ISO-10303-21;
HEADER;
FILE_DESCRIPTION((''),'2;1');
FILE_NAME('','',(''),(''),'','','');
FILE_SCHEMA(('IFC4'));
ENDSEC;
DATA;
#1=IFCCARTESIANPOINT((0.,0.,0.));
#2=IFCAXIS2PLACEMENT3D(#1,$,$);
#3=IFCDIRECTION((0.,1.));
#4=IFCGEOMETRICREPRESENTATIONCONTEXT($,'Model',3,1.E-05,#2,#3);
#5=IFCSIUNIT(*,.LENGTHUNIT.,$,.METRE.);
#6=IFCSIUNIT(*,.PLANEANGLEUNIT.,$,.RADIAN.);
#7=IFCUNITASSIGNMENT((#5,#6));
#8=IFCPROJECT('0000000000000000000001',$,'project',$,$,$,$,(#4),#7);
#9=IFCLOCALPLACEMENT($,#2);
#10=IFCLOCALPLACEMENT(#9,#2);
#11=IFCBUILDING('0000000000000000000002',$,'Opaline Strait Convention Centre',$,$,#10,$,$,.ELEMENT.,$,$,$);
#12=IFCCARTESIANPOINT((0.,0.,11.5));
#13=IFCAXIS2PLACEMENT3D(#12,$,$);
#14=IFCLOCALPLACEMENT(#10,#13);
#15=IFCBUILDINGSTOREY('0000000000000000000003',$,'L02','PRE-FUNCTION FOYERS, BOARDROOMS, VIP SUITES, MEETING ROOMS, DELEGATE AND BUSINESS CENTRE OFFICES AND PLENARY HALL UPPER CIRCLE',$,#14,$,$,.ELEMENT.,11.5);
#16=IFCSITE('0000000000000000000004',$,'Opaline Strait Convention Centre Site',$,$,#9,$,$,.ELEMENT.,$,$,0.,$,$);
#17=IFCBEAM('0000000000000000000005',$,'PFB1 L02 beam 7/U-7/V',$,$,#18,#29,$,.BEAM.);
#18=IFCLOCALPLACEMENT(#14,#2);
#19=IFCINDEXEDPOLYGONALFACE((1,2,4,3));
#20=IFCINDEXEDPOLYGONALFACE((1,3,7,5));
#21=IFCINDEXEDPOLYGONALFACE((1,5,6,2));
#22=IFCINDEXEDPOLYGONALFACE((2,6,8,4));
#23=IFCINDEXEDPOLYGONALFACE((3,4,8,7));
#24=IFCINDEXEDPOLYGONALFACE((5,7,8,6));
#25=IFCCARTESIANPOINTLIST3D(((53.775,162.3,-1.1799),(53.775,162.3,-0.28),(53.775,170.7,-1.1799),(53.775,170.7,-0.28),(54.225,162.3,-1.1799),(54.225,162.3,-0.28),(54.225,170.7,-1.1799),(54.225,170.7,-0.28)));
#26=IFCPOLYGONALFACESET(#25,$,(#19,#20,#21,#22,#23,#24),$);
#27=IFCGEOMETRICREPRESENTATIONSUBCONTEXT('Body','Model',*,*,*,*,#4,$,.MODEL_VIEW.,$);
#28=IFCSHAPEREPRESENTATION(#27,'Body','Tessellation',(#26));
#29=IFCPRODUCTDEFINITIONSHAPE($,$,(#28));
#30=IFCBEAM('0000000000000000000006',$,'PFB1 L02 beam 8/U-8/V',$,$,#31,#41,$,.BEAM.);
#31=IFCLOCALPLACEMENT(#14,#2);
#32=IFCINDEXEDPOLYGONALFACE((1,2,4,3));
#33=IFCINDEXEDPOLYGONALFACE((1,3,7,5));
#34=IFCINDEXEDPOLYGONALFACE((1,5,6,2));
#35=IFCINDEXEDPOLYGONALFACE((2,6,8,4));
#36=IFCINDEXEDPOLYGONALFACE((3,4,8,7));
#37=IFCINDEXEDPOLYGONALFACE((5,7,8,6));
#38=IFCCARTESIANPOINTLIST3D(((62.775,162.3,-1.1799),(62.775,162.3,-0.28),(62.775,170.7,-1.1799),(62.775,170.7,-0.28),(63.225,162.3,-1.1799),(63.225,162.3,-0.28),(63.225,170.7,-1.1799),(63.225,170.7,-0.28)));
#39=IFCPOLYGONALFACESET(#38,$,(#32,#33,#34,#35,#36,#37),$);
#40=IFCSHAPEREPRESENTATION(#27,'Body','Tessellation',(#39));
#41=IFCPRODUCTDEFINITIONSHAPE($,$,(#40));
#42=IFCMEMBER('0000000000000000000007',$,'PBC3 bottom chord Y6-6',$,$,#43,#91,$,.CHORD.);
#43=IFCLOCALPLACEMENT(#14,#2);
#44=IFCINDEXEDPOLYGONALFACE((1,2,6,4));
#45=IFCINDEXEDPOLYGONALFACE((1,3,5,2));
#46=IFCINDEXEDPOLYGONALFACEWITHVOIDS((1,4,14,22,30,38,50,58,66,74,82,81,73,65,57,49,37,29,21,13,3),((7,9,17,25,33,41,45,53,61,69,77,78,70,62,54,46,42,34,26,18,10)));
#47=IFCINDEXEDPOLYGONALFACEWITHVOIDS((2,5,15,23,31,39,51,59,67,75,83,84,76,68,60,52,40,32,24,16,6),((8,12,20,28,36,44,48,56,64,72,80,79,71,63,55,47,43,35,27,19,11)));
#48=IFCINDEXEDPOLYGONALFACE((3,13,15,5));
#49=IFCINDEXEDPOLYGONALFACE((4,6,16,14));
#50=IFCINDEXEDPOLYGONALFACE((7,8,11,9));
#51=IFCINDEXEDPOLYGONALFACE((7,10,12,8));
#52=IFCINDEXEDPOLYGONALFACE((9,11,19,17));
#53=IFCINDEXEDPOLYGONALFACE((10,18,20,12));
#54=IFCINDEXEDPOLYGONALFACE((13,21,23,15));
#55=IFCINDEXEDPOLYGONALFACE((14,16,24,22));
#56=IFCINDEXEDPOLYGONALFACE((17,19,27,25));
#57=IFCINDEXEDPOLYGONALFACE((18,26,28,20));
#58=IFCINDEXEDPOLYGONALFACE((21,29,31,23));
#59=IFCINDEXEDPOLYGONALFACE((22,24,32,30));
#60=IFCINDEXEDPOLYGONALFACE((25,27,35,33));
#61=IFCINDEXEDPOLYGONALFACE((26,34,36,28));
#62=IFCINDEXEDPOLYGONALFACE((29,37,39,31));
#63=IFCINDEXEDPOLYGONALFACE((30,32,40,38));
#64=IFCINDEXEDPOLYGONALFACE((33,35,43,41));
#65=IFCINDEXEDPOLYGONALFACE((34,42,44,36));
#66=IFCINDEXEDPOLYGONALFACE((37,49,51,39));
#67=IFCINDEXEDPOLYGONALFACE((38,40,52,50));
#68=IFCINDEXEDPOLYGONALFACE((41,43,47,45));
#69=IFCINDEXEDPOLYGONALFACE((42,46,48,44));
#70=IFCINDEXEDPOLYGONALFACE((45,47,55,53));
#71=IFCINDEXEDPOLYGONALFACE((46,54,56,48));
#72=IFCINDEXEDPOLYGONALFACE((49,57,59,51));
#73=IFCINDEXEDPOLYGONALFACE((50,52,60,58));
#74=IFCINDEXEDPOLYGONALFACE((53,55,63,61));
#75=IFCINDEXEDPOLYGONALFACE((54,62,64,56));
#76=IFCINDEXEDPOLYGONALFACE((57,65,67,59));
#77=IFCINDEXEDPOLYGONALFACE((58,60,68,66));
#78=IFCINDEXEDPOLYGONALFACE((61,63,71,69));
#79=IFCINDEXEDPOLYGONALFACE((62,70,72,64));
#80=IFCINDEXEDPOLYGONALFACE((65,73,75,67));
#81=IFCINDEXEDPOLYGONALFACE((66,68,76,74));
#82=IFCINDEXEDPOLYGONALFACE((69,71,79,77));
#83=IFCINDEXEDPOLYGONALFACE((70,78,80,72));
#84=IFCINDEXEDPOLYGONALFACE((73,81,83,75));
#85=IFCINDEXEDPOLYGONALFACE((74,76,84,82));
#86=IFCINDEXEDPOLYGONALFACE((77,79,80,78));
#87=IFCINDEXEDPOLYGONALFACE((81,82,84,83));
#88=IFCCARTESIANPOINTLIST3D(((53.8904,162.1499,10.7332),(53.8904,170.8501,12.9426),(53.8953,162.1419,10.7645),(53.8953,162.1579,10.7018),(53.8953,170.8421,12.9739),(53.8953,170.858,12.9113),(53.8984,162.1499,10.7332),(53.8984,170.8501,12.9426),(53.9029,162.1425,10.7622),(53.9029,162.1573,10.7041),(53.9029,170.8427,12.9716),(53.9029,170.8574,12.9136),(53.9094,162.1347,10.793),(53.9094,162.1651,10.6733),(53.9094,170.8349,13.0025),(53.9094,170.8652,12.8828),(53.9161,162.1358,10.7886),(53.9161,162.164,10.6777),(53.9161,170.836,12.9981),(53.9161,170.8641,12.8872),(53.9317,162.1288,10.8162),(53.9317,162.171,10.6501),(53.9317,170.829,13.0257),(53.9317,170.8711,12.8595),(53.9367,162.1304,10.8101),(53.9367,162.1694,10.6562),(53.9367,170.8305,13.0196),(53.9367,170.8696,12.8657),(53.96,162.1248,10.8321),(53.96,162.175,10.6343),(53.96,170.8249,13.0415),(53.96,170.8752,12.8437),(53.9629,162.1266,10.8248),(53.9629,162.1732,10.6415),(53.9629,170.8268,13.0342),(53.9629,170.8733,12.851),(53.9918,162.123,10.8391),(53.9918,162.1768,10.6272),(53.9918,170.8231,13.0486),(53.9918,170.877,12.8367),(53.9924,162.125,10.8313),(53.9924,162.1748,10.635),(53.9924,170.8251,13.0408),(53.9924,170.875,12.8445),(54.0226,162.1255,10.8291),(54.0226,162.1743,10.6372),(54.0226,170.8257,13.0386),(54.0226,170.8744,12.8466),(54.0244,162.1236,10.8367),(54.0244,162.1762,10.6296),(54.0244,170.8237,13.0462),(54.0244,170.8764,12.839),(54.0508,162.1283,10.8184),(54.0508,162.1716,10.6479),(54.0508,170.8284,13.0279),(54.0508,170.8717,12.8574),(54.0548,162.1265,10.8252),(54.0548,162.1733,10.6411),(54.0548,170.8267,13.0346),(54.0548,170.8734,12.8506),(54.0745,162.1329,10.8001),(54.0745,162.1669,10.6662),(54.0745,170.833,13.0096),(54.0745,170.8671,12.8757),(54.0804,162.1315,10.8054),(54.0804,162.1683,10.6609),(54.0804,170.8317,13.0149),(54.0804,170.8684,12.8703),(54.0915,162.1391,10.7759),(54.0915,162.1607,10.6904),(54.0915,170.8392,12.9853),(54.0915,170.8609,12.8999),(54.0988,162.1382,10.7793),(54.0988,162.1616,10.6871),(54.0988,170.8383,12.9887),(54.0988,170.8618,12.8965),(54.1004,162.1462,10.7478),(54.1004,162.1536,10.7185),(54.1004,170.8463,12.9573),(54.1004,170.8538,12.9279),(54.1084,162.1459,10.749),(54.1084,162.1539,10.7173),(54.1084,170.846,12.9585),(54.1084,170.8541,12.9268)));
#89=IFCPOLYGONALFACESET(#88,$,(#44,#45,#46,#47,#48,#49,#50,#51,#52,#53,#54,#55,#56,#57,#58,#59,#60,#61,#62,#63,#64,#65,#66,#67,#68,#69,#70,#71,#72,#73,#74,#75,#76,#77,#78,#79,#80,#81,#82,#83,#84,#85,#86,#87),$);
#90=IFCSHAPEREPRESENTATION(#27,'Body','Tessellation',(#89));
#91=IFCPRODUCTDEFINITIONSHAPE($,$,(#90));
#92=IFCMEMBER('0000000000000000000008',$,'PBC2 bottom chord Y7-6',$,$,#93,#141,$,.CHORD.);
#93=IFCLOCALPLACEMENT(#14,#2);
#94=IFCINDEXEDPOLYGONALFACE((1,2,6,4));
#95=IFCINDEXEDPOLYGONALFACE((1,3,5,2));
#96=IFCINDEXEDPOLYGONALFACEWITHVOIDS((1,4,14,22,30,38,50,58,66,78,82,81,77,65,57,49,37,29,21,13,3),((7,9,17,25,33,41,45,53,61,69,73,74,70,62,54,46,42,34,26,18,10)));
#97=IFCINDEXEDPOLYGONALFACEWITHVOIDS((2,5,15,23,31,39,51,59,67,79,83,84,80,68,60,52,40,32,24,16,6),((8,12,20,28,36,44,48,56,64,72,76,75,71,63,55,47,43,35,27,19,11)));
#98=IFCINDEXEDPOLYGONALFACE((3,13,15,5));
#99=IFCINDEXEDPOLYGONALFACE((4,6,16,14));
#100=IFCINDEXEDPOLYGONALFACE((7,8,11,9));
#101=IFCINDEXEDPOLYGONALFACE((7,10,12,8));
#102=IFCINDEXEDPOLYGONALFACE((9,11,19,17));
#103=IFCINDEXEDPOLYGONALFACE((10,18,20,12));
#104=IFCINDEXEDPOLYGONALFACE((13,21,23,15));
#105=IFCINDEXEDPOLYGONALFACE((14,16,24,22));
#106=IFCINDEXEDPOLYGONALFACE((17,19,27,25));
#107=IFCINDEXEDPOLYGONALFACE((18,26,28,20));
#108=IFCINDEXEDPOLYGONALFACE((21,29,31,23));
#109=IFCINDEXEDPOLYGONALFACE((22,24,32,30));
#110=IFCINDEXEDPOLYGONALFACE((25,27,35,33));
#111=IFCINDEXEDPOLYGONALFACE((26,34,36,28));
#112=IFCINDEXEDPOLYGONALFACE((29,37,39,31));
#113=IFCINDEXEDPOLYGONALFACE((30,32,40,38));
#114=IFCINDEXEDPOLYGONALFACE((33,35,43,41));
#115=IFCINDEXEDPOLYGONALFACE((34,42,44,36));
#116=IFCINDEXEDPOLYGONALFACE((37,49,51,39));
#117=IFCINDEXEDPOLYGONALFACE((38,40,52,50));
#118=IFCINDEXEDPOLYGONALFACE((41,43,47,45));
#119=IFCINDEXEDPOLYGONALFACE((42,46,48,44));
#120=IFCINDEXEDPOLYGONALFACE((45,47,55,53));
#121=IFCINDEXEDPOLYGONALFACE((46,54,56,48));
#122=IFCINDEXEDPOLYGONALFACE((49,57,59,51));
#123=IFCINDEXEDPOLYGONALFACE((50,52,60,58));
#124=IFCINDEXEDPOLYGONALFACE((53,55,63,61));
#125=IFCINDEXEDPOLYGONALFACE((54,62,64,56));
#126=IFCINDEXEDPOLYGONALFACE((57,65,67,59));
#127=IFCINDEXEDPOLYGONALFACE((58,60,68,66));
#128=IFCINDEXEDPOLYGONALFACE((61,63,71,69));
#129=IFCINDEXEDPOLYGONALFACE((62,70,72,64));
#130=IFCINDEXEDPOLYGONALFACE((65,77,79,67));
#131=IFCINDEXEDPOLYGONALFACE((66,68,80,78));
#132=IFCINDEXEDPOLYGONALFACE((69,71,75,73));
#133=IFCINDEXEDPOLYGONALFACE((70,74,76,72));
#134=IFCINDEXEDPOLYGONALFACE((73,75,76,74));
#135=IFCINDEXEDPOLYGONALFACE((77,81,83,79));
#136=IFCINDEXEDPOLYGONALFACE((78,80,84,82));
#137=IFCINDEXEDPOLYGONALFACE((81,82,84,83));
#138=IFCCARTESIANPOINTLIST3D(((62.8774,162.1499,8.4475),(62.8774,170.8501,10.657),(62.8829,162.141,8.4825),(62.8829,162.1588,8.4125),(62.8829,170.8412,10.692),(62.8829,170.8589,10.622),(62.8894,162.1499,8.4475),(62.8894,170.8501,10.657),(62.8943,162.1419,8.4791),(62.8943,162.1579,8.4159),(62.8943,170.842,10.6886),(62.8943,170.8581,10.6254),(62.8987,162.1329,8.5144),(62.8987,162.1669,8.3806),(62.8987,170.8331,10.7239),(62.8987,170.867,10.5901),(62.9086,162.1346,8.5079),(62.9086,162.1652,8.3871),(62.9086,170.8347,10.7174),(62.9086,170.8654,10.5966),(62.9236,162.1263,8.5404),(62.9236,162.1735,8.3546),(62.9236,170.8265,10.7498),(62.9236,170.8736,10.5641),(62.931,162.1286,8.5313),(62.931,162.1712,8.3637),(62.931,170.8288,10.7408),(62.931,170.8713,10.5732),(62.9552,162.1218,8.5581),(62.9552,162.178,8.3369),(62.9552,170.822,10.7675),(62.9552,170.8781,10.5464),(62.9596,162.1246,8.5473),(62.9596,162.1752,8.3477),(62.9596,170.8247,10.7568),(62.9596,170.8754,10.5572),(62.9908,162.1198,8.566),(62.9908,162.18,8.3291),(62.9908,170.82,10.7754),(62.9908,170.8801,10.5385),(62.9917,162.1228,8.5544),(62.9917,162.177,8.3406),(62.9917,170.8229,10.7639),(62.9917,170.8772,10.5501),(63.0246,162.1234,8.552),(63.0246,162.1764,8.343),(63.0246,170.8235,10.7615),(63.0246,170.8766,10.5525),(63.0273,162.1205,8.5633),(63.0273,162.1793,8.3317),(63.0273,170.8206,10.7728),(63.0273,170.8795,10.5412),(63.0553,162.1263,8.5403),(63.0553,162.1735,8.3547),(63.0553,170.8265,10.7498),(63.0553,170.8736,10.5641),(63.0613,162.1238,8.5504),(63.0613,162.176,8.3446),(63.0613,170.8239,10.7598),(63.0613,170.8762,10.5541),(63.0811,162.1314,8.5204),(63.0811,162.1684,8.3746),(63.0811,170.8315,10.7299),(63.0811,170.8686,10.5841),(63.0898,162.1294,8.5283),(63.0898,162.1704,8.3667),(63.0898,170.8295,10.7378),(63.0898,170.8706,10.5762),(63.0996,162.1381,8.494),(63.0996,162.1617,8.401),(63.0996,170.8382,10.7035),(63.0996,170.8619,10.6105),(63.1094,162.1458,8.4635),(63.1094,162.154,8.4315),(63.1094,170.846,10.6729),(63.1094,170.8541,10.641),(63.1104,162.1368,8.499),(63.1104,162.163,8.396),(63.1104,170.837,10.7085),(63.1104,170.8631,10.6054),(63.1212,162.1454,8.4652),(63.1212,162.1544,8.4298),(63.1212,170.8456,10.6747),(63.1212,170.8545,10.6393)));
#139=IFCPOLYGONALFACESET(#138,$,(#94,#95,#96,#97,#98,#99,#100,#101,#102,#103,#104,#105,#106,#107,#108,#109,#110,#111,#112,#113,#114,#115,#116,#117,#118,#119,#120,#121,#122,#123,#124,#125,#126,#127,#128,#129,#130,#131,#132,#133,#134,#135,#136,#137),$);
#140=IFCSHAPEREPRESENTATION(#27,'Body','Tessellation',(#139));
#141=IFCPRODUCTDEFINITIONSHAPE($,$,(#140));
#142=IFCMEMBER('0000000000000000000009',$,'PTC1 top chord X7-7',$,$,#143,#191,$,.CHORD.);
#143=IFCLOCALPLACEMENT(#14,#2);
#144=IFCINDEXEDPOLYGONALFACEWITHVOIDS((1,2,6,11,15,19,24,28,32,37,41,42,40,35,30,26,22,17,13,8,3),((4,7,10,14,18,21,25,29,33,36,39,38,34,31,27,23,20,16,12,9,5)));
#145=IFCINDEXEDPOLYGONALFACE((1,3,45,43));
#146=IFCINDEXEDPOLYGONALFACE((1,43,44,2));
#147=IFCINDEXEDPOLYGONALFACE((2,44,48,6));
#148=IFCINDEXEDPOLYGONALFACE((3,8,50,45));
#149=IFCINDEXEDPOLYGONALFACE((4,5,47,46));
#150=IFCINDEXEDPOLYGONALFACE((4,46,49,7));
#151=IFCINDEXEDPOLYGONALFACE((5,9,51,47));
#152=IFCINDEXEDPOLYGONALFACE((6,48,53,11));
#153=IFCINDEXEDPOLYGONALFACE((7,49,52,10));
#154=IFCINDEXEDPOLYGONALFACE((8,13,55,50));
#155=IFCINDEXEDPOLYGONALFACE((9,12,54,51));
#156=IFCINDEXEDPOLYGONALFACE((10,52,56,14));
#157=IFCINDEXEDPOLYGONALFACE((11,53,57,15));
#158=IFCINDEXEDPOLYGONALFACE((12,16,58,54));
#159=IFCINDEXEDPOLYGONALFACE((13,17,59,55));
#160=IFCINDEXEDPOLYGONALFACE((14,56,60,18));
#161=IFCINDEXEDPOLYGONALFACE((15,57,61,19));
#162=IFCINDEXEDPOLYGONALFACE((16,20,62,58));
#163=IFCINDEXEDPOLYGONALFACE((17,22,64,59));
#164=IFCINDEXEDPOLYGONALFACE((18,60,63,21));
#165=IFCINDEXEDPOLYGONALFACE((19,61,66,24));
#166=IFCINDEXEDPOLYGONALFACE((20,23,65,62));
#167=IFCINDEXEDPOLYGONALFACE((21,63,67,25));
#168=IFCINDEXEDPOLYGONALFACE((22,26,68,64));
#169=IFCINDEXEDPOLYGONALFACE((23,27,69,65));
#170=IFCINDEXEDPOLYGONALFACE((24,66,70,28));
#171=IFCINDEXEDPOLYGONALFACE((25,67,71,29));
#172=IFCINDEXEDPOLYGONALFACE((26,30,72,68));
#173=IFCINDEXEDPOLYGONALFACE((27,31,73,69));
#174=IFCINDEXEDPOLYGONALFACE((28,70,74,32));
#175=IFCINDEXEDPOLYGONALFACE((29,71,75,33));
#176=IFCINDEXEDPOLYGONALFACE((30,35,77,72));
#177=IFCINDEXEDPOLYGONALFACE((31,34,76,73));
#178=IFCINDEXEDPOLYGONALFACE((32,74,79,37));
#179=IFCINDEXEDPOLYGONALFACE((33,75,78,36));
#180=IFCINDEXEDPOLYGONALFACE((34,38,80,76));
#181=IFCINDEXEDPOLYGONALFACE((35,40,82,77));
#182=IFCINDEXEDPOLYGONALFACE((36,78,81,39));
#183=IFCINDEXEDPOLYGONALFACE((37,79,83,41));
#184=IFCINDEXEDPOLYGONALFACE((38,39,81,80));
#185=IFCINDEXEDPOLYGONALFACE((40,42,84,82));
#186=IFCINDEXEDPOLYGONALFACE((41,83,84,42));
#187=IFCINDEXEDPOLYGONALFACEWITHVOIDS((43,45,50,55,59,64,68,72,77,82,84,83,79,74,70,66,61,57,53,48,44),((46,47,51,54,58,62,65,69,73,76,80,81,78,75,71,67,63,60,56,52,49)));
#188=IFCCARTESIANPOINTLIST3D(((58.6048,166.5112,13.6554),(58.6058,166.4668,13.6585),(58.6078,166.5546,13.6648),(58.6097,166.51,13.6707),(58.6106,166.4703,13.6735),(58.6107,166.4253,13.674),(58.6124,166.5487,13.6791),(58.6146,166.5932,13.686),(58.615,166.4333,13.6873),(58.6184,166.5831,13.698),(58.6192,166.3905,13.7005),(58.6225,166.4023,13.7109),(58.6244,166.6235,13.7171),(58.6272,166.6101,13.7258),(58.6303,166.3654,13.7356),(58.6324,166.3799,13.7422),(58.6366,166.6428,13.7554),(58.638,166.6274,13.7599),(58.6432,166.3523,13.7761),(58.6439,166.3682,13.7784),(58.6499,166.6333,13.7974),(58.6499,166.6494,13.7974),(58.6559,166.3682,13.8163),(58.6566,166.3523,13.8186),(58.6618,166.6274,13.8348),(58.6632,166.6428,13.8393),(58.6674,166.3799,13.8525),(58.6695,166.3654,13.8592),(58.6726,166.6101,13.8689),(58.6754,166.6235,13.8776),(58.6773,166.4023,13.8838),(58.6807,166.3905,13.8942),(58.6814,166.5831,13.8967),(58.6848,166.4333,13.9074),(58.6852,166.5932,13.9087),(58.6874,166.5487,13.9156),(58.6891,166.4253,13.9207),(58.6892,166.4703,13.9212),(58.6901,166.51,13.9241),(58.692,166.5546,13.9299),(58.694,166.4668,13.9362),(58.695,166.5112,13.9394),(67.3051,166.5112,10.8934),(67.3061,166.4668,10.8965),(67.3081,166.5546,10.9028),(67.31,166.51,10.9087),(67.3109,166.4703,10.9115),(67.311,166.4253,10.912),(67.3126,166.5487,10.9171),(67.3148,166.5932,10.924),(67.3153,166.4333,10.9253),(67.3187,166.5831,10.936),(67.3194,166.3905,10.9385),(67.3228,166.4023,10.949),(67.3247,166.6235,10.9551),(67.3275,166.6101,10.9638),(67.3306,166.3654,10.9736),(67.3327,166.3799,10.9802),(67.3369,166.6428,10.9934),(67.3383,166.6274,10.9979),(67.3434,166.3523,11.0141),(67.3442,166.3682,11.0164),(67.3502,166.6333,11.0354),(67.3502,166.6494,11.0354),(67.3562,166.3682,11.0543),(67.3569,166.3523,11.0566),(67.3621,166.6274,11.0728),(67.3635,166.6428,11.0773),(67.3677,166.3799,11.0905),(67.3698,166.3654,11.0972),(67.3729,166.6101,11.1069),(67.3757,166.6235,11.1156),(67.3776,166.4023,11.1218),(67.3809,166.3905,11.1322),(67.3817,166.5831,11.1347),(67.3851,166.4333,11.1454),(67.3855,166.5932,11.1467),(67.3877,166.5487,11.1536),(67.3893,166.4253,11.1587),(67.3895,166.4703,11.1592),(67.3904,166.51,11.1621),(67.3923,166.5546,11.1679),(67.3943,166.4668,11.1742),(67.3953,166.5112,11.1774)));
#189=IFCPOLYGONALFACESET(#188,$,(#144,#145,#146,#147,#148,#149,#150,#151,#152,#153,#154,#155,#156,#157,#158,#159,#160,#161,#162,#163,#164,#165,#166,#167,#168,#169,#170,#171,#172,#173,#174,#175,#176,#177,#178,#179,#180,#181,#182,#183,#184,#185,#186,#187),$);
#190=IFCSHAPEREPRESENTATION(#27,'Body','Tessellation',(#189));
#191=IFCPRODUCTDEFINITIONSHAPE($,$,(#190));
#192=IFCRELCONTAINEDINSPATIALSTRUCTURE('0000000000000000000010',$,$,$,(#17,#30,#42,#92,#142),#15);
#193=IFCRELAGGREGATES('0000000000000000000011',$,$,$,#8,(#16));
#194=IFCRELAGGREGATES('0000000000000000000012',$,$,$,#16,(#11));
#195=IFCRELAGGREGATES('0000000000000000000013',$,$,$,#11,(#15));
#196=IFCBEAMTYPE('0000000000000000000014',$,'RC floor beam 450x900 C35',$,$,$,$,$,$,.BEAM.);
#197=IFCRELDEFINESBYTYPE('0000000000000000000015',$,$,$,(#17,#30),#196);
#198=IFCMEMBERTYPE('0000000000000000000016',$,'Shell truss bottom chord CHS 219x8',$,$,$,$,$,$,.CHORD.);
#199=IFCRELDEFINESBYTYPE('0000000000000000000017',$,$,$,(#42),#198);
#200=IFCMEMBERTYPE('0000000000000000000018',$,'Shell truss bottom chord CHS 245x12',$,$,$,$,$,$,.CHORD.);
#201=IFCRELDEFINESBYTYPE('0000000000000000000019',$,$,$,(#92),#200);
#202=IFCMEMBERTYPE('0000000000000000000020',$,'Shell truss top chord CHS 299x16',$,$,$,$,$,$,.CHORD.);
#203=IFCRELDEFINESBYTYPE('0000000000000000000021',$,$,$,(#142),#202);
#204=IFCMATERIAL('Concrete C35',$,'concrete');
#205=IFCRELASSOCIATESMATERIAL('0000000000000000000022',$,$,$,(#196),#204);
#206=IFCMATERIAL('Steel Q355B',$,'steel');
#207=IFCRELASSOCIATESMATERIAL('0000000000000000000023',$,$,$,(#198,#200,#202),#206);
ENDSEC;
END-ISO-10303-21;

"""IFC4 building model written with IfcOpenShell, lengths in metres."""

from ifc_helpers import new_model, si_unit, direction, frame, origin, origin_2d, place, context, subcontext, project, spatial, rectangle, hollow_circle, extrude, material, material_profile, profile_set, type_object, element, save


model = new_model("IFC4")

# Units and contexts
model_context = context("Model", 3, precision=1e-05, world=origin(), true_north=direction((0.0, 1.0)))
body_context = subcontext(model_context, "Body", "Model", "MODEL_VIEW")
ifc_project = project(units=[si_unit("LENGTHUNIT", "METRE"), si_unit("PLANEANGLEUNIT", "RADIAN")], contexts=[model_context])

# Site, building, storey
site_placement = place(None, origin())
site = spatial("IfcSite", under=ifc_project, at=site_placement, Name="Opaline Strait Convention Centre Site", CompositionType="ELEMENT", RefElevation=0.0)
building_placement = place(site_placement, origin())
building = spatial("IfcBuilding", under=site, at=building_placement, Name="Opaline Strait Convention Centre", CompositionType="ELEMENT")
storey_placement = place(building_placement, frame((0.0, 0.0, 11.5)))
storey = spatial("IfcBuildingStorey", under=building, at=storey_placement, Name="L02", Description="PRE-FUNCTION FOYERS, BOARDROOMS, VIP SUITES, MEETING ROOMS, DELEGATE AND BUSINESS CENTRE OFFICES AND PLENARY HALL UPPER CIRCLE", CompositionType="ELEMENT", Elevation=11.5)

# Beams
ifc_material_1 = material(Name="Concrete C35", Category="concrete")
ifc_material_profile_1 = material_profile(ifc_material_1, rectangle(XDim=0.45, YDim=0.8999, at=origin_2d()), Name="RC 450x900")
ifc_profile_set_1 = profile_set([ifc_material_profile_1], Name="Concrete C35")
beam_type = type_object("IfcBeamType", Name="RC floor beam 450x900 C35", PredefinedType="BEAM", material=ifc_profile_set_1)
for number, where, z_axis, x_axis, name in (
    (1, (54.0, 162.3, -0.73), (0.0, 1.0, 0.0), (-1.0, 0.0, 0.0), "PFB1 L02 beam 7/U-7/V"),
    (2, (63.0, 162.3, -0.73), (0.0, 1.0, 0.0), (-1.0, 0.0, 0.0), "PFB1 L02 beam 8/U-8/V"),
):
    element("IfcBeam", number, at=place(storey_placement, frame(where, z_axis=z_axis, x_axis=x_axis)), inside=storey, type_object=beam_type, Name=name, PredefinedType="BEAM", context=body_context, shape_type="SweptSolid", body=[
        extrude(rectangle(XDim=0.45, YDim=0.8999, at=origin_2d()), origin(), (0.0, 0.0, 1.0), 8.3999),
    ])

# Members
ifc_material_2 = material(Name="Steel Q355B", Category="steel")
ifc_material_profile_2 = material_profile(ifc_material_2, hollow_circle(Radius=0.1096, WallThickness=0.0081, at=origin_2d()), Name="CHS 219x8")
ifc_profile_set_2 = profile_set([ifc_material_profile_2], Name="Steel Q355B")
member_type_1 = type_object("IfcMemberType", Name="Shell truss bottom chord CHS 219x8", PredefinedType="CHORD", material=ifc_profile_set_2)
member_1_placement = place(storey_placement, frame((54.0, 162.1499, 10.7332), z_axis=(0.0, 0.969233, 0.246143), x_axis=(-1.0, 0.0, 0.0)))
element("IfcMember", 3, at=member_1_placement, inside=storey, type_object=member_type_1, Name="PBC3 bottom chord Y6-6", PredefinedType="CHORD", context=body_context, shape_type="SweptSolid", body=[
    extrude(hollow_circle(Radius=0.1096, WallThickness=0.0081, at=origin_2d()), origin(), (0.0, 0.0, 1.0), 8.9763),
])
ifc_material_profile_3 = material_profile(ifc_material_2, hollow_circle(Radius=0.1226, WallThickness=0.012, at=origin_2d()), Name="CHS 245x12")
ifc_profile_set_3 = profile_set([ifc_material_profile_3], Name="Steel Q355B")
member_type_2 = type_object("IfcMemberType", Name="Shell truss bottom chord CHS 245x12", PredefinedType="CHORD", material=ifc_profile_set_3)
member_2_placement = place(storey_placement, frame((63.0, 162.1499, 8.4475), z_axis=(0.0, 0.969233, 0.246143), x_axis=(-1.0, 0.0, 0.0)))
element("IfcMember", 4, at=member_2_placement, inside=storey, type_object=member_type_2, Name="PBC2 bottom chord Y7-6", PredefinedType="CHORD", context=body_context, shape_type="SweptSolid", body=[
    extrude(hollow_circle(Radius=0.1226, WallThickness=0.012, at=origin_2d()), origin(), (0.0, 0.0, 1.0), 8.9763),
])
ifc_material_profile_4 = material_profile(ifc_material_2, hollow_circle(Radius=0.1494, WallThickness=0.0161, at=origin_2d()), Name="CHS 299x16")
ifc_profile_set_4 = profile_set([ifc_material_profile_4], Name="Steel Q355B")
member_type_3 = type_object("IfcMemberType", Name="Shell truss top chord CHS 299x16", PredefinedType="CHORD", material=ifc_profile_set_4)
for number, where, z_axis, x_axis, name in (
    (5, (58.6499, 166.5, 13.7974), (0.953124, 0.0, -0.302579), (0.0, 1.0, 0.0), "PTC1 top chord X7-7"),
):
    element("IfcMember", number, at=place(storey_placement, frame(where, z_axis=z_axis, x_axis=x_axis)), inside=storey, type_object=member_type_3, Name=name, PredefinedType="CHORD", context=body_context, shape_type="SweptSolid", body=[
        extrude(hollow_circle(Radius=0.1494, WallThickness=0.0161, at=origin_2d()), origin(), (0.0, 0.0, 1.0), 9.1282),
    ])

save(model, "model.ifc")
